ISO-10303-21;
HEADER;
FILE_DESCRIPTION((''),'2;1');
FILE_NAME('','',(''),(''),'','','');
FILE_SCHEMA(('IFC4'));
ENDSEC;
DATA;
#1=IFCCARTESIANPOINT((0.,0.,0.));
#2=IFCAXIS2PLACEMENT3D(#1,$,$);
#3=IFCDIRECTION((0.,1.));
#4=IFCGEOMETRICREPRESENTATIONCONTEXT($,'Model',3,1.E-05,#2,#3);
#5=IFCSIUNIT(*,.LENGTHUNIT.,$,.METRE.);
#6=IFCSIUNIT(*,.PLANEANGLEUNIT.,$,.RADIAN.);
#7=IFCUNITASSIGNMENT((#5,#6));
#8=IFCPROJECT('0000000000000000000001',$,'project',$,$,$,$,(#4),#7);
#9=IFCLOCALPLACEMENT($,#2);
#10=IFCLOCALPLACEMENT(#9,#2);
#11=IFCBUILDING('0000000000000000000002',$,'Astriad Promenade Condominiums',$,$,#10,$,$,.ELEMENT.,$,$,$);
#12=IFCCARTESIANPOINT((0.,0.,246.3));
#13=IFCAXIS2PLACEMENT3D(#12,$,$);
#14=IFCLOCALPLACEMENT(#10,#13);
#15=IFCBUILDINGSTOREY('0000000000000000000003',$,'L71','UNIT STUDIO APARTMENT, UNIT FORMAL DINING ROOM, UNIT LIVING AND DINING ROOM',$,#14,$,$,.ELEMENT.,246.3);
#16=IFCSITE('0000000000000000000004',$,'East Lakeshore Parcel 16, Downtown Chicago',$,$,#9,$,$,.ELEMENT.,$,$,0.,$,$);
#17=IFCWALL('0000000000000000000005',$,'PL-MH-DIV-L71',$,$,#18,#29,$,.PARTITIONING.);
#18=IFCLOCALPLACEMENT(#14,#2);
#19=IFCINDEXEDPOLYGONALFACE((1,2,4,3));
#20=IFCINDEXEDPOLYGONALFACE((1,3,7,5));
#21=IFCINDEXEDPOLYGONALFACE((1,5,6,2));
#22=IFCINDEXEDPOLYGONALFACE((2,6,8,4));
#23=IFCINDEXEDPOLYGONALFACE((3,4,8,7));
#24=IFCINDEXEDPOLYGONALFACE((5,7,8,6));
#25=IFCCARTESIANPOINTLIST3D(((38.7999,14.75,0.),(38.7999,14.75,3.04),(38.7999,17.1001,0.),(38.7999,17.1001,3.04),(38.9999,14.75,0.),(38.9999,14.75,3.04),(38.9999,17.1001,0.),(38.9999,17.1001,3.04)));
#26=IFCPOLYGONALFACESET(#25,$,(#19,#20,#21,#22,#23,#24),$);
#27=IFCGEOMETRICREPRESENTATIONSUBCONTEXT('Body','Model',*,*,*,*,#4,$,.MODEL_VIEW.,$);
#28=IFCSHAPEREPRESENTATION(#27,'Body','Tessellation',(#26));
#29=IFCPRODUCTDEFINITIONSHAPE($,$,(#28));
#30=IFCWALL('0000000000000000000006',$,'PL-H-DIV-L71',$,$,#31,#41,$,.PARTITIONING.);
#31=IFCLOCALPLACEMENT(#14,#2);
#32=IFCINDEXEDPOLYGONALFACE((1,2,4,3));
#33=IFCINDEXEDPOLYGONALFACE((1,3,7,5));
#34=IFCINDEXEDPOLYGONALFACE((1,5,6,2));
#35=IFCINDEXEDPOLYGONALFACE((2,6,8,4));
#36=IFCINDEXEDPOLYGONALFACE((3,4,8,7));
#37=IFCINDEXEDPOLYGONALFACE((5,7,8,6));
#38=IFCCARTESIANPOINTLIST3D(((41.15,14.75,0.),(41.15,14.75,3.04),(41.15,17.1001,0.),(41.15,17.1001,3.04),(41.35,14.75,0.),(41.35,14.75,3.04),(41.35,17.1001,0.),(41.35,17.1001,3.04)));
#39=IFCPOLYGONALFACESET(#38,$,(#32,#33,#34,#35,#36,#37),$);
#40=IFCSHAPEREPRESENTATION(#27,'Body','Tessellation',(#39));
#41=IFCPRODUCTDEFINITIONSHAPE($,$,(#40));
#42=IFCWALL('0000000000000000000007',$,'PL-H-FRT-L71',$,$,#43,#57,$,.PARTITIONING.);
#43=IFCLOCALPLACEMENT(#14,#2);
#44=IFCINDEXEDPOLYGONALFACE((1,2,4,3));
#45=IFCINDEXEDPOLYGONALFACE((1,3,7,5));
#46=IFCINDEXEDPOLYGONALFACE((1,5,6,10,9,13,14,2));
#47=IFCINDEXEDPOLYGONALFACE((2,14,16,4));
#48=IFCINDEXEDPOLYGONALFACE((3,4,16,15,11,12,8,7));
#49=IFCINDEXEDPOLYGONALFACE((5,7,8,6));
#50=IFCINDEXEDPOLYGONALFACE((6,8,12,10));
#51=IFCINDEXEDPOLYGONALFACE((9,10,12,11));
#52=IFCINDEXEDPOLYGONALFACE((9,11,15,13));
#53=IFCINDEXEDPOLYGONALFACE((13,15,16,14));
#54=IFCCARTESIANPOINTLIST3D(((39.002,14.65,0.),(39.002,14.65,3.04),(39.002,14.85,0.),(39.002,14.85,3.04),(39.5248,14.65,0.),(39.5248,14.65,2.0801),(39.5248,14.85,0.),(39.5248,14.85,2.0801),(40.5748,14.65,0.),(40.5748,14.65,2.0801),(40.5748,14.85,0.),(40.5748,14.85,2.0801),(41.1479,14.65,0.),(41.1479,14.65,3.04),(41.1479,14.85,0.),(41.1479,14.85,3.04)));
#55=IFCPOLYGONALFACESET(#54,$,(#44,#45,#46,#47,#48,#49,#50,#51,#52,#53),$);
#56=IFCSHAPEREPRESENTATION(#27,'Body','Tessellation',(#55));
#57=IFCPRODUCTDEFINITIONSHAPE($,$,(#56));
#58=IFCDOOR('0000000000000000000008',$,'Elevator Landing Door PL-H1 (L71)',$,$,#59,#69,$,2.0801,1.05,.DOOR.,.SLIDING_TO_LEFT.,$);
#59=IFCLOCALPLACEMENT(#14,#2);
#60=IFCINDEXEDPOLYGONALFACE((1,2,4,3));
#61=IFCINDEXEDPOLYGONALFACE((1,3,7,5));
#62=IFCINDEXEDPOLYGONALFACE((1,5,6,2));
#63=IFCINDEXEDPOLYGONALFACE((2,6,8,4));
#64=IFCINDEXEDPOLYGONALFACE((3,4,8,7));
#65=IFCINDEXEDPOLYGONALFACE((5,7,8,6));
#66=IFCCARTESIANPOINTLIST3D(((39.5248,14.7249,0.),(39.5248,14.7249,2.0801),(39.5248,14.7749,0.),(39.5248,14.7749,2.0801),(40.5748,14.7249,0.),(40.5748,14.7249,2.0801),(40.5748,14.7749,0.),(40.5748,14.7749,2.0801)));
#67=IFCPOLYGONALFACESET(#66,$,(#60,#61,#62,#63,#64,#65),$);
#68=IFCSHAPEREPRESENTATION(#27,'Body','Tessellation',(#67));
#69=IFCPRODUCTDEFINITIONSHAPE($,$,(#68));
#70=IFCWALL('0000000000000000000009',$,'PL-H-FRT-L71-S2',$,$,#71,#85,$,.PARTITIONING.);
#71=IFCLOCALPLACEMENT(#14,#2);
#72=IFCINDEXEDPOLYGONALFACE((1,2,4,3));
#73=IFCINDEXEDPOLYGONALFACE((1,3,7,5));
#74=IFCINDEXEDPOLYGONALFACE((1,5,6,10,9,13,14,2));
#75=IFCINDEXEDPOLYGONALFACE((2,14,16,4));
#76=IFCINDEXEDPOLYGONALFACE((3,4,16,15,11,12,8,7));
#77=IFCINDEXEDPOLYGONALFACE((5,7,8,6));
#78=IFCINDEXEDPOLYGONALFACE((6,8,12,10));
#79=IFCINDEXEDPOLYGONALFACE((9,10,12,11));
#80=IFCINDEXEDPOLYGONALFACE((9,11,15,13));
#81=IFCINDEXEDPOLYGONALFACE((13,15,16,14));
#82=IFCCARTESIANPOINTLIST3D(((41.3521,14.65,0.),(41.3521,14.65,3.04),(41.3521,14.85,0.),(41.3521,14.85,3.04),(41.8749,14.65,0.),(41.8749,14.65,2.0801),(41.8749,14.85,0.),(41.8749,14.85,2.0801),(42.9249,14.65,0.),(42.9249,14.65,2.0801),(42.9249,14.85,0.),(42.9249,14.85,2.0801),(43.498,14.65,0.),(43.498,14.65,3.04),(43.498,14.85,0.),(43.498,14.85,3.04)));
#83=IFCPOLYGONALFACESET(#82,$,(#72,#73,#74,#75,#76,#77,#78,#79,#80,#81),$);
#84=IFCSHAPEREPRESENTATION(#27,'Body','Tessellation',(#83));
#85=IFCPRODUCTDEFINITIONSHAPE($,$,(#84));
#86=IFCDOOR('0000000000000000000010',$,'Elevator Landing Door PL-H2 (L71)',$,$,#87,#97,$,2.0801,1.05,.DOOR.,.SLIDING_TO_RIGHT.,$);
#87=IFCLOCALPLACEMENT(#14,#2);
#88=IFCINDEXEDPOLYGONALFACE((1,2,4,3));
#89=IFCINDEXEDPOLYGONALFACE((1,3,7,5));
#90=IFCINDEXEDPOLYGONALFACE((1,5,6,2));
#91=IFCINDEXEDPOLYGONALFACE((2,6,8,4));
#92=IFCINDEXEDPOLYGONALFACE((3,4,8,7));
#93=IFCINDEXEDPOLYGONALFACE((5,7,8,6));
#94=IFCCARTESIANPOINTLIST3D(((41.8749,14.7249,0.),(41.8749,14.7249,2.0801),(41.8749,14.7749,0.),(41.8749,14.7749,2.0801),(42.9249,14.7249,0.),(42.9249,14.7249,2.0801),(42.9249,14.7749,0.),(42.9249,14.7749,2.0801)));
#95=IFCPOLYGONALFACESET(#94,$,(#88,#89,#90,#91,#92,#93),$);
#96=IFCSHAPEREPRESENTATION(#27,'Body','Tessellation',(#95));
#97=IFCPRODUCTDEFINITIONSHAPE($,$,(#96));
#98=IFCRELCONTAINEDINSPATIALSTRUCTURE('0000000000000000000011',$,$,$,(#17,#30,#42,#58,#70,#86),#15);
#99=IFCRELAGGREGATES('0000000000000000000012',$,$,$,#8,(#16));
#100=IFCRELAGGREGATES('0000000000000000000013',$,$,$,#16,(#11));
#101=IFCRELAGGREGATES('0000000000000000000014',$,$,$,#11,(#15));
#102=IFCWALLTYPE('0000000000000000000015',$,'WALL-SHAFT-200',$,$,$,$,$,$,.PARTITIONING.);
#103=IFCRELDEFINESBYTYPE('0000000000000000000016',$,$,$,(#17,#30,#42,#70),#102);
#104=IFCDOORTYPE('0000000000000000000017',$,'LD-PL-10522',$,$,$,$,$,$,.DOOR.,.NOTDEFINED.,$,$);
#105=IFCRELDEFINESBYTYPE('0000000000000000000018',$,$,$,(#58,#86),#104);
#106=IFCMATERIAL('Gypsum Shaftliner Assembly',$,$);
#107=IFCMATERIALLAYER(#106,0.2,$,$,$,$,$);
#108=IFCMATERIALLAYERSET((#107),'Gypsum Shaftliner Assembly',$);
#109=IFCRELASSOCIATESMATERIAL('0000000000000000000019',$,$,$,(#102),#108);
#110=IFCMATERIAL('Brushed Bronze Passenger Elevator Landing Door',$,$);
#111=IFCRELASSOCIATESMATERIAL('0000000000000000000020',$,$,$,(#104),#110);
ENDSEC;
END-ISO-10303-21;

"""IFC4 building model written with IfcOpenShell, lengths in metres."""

from ifc_helpers import new_model, si_unit, direction, frame, frame_2d, origin, place, context, subcontext, project, spatial, rectangle, extrude, source, transform, mapped, material, layer, layer_set, type_object, type_shapes, element, fill, save


model = new_model("IFC4")

# Units and contexts
model_context = context("Model", 3, precision=1e-05, world=origin(), true_north=direction((0.0, 1.0)))
body_context = subcontext(model_context, "Body", "Model", "MODEL_VIEW")
ifc_project = project(units=[si_unit("LENGTHUNIT", "METRE"), si_unit("PLANEANGLEUNIT", "RADIAN")], contexts=[model_context])

# Site, building, storey
site_placement = place(None, origin())
site = spatial("IfcSite", under=ifc_project, at=site_placement, Name="East Lakeshore Parcel 16, Downtown Chicago", CompositionType="ELEMENT", RefElevation=0.0)
building_placement = place(site_placement, origin())
building = spatial("IfcBuilding", under=site, at=building_placement, Name="Astriad Promenade Condominiums", CompositionType="ELEMENT")
storey_placement = place(building_placement, frame((0.0, 0.0, 246.3)))
storey = spatial("IfcBuildingStorey", under=building, at=storey_placement, Name="L71", Description="UNIT STUDIO APARTMENT, UNIT FORMAL DINING ROOM, UNIT LIVING AND DINING ROOM", CompositionType="ELEMENT", Elevation=246.3)

# Walls
ifc_material_1 = material(Name="Gypsum Shaftliner Assembly")
ifc_layer_1 = layer(ifc_material_1, 0.2)
ifc_layer_set_1 = layer_set([ifc_layer_1], Name="Gypsum Shaftliner Assembly")
wall_type_1 = type_object("IfcWallType", Name="WALL-SHAFT-200", PredefinedType="PARTITIONING", material=ifc_layer_set_1)
for number, where, z_axis, x_axis, name in (
    (1, (38.8999, 14.75, 0.0), (0.0, 0.0, 1.0), (0.0, 1.0, 0.0), "PL-MH-DIV-L71"),
    (2, (41.25, 14.75, 0.0), (0.0, 0.0, 1.0), (0.0, 1.0, 0.0), "PL-H-DIV-L71"),
):
    element("IfcWall", number, at=place(storey_placement, frame(where, z_axis=z_axis, x_axis=x_axis)), inside=storey, type_object=wall_type_1, Name=name, PredefinedType="PARTITIONING", context=body_context, shape_type="SweptSolid", body=[
        extrude(rectangle(XDim=2.3501, YDim=0.2, at=frame_2d((1.175, 0.0))), origin(), (0.0, 0.0, 1.0), 3.04),
    ])

# Walls, openings, doors
wall_1_placement = place(storey_placement, frame((39.002, 14.75, 0.0), z_axis=(0.0, 0.0, 1.0), x_axis=(1.0, 0.0, 0.0)))
wall_1 = element("IfcWall", 3, at=wall_1_placement, inside=storey, type_object=wall_type_1, Name="PL-H-FRT-L71", PredefinedType="PARTITIONING", context=body_context, shape_type="SweptSolid", body=[
    extrude(rectangle(XDim=2.146, YDim=0.2, at=frame_2d((1.073, 0.0))), origin(), (0.0, 0.0, 1.0), 3.04),
])
opening_1_placement = place(wall_1_placement, frame((0.5229, 0.0, 0.0)))
opening_1 = element("IfcOpeningElement", 4, at=opening_1_placement, cuts=wall_1, PredefinedType="OPENING", context=body_context, shape_type="SweptSolid", body=[
    extrude(rectangle(XDim=1.05, YDim=2.0801, at=frame_2d((0.5249, 1.04))), frame((0.0, 0.1099, 0.0), z_axis=(0.0, -1.0, 0.0), x_axis=(1.0, 0.0, 0.0)), (0.0, 0.0, 1.0), 0.22),
])
ifc_material_2 = material(Name="Brushed Bronze Passenger Elevator Landing Door")
door_type_1 = type_object("IfcDoorType", Name="LD-PL-10522", OperationType="NOTDEFINED", PredefinedType="DOOR", material=ifc_material_2)
shared_shape_1 = source(origin(), body_context, "Body", "SweptSolid", [
    extrude(rectangle(XDim=1.05, YDim=2.0801, at=frame_2d((0.5249, 1.04))), frame((0.0, 0.0249, 0.0), z_axis=(0.0, -1.0, 0.0), x_axis=(1.0, 0.0, 0.0)), (0.0, 0.0, 1.0), 0.05),
])
type_shapes(door_type_1, [shared_shape_1])
door_1_placement = place(opening_1_placement, origin())
door_1 = element("IfcDoor", 5, at=door_1_placement, inside=storey, type_object=door_type_1, Name="Elevator Landing Door PL-H1 (L71)", OperationType="SLIDING_TO_LEFT", OverallHeight=2.0801, OverallWidth=1.05, PredefinedType="DOOR", context=body_context, shape_type="MappedRepresentation", body=[
    mapped(shared_shape_1, transform((0.0, 0.0, 0.0), scale=1.0)),
])
fill(opening_1, door_1)
wall_2_placement = place(storey_placement, frame((41.3521, 14.75, 0.0), z_axis=(0.0, 0.0, 1.0), x_axis=(1.0, 0.0, 0.0)))
wall_2 = element("IfcWall", 6, at=wall_2_placement, inside=storey, type_object=wall_type_1, Name="PL-H-FRT-L71-S2", PredefinedType="PARTITIONING", context=body_context, shape_type="SweptSolid", body=[
    extrude(rectangle(XDim=2.146, YDim=0.2, at=frame_2d((1.073, 0.0))), origin(), (0.0, 0.0, 1.0), 3.04),
])
opening_2_placement = place(wall_2_placement, frame((0.5229, 0.0, 0.0)))
opening_2 = element("IfcOpeningElement", 7, at=opening_2_placement, cuts=wall_2, PredefinedType="OPENING", context=body_context, shape_type="SweptSolid", body=[
    extrude(rectangle(XDim=1.05, YDim=2.0801, at=frame_2d((0.5249, 1.04))), frame((0.0, 0.1099, 0.0), z_axis=(0.0, -1.0, 0.0), x_axis=(1.0, 0.0, 0.0)), (0.0, 0.0, 1.0), 0.22),
])
door_2_placement = place(opening_2_placement, origin())
door_2 = element("IfcDoor", 8, at=door_2_placement, inside=storey, type_object=door_type_1, Name="Elevator Landing Door PL-H2 (L71)", OperationType="SLIDING_TO_RIGHT", OverallHeight=2.0801, OverallWidth=1.05, PredefinedType="DOOR", context=body_context, shape_type="MappedRepresentation", body=[
    mapped(shared_shape_1, transform((0.0, 0.0, 0.0), scale=1.0)),
])
fill(opening_2, door_2)

save(model, "model.ifc")
